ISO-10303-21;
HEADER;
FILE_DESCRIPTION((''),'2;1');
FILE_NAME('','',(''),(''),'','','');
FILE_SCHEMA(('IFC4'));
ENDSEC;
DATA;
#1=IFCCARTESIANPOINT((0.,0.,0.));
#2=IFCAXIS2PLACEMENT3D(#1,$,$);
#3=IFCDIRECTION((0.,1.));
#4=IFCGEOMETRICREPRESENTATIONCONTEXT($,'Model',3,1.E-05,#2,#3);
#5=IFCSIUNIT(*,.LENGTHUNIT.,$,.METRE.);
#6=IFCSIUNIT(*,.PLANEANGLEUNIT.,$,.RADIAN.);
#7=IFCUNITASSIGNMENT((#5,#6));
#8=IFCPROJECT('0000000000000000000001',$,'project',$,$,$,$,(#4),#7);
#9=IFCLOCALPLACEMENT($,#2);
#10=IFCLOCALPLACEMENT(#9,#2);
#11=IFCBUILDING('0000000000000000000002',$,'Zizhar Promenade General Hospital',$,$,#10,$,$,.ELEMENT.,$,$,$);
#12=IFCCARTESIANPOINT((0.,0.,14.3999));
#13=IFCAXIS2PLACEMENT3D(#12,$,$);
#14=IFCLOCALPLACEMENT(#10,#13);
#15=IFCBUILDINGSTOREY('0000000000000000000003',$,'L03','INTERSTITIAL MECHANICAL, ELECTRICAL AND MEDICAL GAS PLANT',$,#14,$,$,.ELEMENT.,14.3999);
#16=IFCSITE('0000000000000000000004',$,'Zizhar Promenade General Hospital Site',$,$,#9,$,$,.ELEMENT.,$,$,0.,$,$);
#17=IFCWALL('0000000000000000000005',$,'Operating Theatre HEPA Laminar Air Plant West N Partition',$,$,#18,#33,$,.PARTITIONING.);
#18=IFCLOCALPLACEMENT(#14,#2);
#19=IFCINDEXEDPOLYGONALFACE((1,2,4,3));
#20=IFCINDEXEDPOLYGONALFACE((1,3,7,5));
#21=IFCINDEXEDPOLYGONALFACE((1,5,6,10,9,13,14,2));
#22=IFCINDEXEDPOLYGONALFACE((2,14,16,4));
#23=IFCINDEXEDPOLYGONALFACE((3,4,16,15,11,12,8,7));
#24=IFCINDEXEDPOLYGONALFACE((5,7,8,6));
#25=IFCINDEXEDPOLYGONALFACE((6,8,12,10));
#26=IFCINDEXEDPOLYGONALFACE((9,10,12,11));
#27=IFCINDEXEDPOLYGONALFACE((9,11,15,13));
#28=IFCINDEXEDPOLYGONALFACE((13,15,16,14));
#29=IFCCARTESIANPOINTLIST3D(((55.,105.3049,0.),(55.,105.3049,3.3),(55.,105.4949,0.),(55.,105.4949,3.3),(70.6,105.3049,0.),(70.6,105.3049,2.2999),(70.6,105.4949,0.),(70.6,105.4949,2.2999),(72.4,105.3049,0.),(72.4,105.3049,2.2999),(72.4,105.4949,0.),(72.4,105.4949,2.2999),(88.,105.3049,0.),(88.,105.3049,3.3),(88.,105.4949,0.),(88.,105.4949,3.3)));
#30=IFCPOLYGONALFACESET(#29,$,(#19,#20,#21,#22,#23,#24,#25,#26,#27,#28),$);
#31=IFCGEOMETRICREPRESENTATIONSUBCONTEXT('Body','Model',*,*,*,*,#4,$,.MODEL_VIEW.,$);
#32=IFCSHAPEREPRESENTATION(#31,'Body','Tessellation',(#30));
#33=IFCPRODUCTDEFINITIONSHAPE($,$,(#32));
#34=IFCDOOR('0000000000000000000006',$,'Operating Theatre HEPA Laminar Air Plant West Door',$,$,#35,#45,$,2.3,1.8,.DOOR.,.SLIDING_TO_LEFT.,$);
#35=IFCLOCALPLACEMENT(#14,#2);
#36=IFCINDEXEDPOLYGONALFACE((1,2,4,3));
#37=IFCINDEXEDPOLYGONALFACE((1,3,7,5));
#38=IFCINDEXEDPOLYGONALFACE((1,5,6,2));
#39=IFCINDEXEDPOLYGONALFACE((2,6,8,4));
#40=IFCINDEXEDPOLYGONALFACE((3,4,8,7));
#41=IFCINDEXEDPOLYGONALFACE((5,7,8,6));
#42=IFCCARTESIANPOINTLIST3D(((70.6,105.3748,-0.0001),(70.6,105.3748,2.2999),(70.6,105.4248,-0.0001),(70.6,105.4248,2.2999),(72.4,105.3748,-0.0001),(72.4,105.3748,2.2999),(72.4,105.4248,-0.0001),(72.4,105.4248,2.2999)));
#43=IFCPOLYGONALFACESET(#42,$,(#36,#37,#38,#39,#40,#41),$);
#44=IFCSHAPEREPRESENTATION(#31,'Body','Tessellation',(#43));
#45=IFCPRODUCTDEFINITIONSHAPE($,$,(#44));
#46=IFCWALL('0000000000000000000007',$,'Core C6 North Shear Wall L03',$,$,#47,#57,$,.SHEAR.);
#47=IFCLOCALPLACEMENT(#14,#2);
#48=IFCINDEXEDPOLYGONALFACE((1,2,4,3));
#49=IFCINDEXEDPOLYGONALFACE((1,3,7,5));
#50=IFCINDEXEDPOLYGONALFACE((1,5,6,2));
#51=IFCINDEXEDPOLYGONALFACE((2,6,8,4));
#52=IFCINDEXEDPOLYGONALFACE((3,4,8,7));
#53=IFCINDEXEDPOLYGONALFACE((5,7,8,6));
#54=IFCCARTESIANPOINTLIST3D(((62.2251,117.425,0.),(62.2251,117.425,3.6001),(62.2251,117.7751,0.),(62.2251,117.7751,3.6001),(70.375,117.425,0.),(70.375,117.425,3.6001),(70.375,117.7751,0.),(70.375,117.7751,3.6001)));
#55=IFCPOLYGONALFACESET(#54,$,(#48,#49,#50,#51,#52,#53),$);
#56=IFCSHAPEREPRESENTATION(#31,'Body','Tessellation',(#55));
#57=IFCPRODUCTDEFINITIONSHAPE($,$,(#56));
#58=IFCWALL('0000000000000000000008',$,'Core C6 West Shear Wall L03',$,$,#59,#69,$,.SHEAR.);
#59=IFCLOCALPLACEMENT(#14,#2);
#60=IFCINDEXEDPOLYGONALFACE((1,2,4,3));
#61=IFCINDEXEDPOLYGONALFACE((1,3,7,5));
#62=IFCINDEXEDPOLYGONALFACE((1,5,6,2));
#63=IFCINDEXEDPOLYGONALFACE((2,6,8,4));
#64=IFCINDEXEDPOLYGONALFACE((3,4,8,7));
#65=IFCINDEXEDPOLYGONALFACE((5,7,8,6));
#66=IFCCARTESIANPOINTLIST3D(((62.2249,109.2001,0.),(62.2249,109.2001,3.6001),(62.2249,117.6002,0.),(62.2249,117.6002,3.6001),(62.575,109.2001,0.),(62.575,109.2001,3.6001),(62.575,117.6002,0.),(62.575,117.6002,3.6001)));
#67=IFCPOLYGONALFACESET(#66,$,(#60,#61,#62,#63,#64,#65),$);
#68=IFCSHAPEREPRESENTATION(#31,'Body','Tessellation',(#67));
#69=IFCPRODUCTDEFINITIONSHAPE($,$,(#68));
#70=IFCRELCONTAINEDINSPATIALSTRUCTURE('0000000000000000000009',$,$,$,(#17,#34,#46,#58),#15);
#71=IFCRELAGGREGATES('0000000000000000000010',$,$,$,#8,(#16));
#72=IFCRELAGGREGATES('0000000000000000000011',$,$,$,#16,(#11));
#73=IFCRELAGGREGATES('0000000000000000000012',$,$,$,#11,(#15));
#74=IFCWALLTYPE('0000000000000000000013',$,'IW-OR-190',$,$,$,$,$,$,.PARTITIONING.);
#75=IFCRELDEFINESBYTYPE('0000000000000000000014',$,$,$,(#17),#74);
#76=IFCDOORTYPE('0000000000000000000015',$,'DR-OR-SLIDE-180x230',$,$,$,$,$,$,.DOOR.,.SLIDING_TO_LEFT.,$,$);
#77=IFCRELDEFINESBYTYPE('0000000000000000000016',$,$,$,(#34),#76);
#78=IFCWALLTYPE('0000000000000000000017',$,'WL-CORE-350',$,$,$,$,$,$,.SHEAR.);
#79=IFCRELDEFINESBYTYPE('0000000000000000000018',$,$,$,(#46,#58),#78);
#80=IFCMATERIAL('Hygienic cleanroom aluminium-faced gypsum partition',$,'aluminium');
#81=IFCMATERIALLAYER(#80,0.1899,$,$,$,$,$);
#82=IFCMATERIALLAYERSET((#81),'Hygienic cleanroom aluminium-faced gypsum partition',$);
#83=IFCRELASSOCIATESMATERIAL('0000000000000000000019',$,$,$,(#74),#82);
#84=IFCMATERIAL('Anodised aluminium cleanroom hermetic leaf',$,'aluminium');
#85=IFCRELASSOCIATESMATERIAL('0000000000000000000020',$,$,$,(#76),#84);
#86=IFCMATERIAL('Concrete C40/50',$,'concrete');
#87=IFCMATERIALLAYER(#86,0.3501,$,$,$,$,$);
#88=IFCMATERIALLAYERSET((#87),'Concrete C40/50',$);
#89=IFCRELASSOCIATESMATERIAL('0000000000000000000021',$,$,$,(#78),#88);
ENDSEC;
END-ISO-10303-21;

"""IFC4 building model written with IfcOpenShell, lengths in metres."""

from ifc_helpers import new_model, si_unit, direction, frame, frame_2d, origin, place, context, subcontext, project, spatial, rectangle, extrude, material, layer, layer_set, type_object, element, fill, save


model = new_model("IFC4")

# Units and contexts
model_context = context("Model", 3, precision=1e-05, world=origin(), true_north=direction((0.0, 1.0)))
body_context = subcontext(model_context, "Body", "Model", "MODEL_VIEW")
ifc_project = project(units=[si_unit("LENGTHUNIT", "METRE"), si_unit("PLANEANGLEUNIT", "RADIAN")], contexts=[model_context])

# Site, building, storey
site_placement = place(None, origin())
site = spatial("IfcSite", under=ifc_project, at=site_placement, Name="Zizhar Promenade General Hospital Site", CompositionType="ELEMENT", RefElevation=0.0)
building_placement = place(site_placement, origin())
building = spatial("IfcBuilding", under=site, at=building_placement, Name="Zizhar Promenade General Hospital", CompositionType="ELEMENT")
storey_placement = place(building_placement, frame((0.0, 0.0, 14.3999)))
storey = spatial("IfcBuildingStorey", under=building, at=storey_placement, Name="L03", Description="INTERSTITIAL MECHANICAL, ELECTRICAL AND MEDICAL GAS PLANT", CompositionType="ELEMENT", Elevation=14.3999)

# Wall, opening, door
ifc_material_1 = material(Name="Hygienic cleanroom aluminium-faced gypsum partition", Category="aluminium")
ifc_layer_1 = layer(ifc_material_1, 0.1899)
ifc_layer_set_1 = layer_set([ifc_layer_1], Name="Hygienic cleanroom aluminium-faced gypsum partition")
wall_type_1 = type_object("IfcWallType", Name="IW-OR-190", PredefinedType="PARTITIONING", material=ifc_layer_set_1)
wall_1_placement = place(storey_placement, frame((55.0, 105.3999, 0.0), z_axis=(0.0, 0.0, 1.0), x_axis=(1.0, 0.0, 0.0)))
wall_1 = element("IfcWall", 1, at=wall_1_placement, inside=storey, type_object=wall_type_1, Name="Operating Theatre HEPA Laminar Air Plant West N Partition", PredefinedType="PARTITIONING", context=body_context, shape_type="SweptSolid", body=[
    extrude(rectangle(XDim=33.0, YDim=0.1899, at=frame_2d((16.5, 0.0))), origin(), (0.0, 0.0, 1.0), 3.3),
])
opening_1_placement = place(wall_1_placement, frame((15.6001, 0.0, 0.0)))
opening_1 = element("IfcOpeningElement", 2, at=opening_1_placement, cuts=wall_1, PredefinedType="OPENING", context=body_context, shape_type="SweptSolid", body=[
    extrude(rectangle(XDim=1.8, YDim=2.3, at=frame_2d((0.8999, 1.1499))), frame((0.0, 0.105, 0.0), z_axis=(0.0, -1.0, 0.0), x_axis=(1.0, 0.0, 0.0)), (0.0, 0.0, 1.0), 0.21),
])
ifc_material_2 = material(Name="Anodised aluminium cleanroom hermetic leaf", Category="aluminium")
door_type_1 = type_object("IfcDoorType", Name="DR-OR-SLIDE-180x230", OperationType="SLIDING_TO_LEFT", PredefinedType="DOOR", material=ifc_material_2)
door_1_placement = place(opening_1_placement, origin())
door_1 = element("IfcDoor", 3, at=door_1_placement, inside=storey, type_object=door_type_1, Name="Operating Theatre HEPA Laminar Air Plant West Door", OperationType="SLIDING_TO_LEFT", OverallHeight=2.3, OverallWidth=1.8, PredefinedType="DOOR", context=body_context, shape_type="SweptSolid", body=[
    extrude(rectangle(XDim=1.8, YDim=2.3, at=frame_2d((0.8999, 1.1499))), frame((0.0, 0.0249, 0.0), z_axis=(0.0, -1.0, 0.0), x_axis=(1.0, 0.0, 0.0)), (0.0, 0.0, 1.0), 0.05),
])
fill(opening_1, door_1)

# Walls
ifc_material_3 = material(Name="Concrete C40/50", Category="concrete")
ifc_layer_2 = layer(ifc_material_3, 0.3501)
ifc_layer_set_2 = layer_set([ifc_layer_2], Name="Concrete C40/50")
wall_type_2 = type_object("IfcWallType", Name="WL-CORE-350", PredefinedType="SHEAR", material=ifc_layer_set_2)
wall_2_placement = place(storey_placement, frame((62.2251, 117.6001, 0.0), z_axis=(0.0, 0.0, 1.0), x_axis=(1.0, 0.0, 0.0)))
element("IfcWall", 4, at=wall_2_placement, inside=storey, type_object=wall_type_2, Name="Core C6 North Shear Wall L03", PredefinedType="SHEAR", context=body_context, shape_type="SweptSolid", body=[
    extrude(rectangle(XDim=8.1499, YDim=0.3501, at=frame_2d((4.075, 0.0))), origin(), (0.0, 0.0, 1.0), 3.6001),
])
wall_3_placement = place(storey_placement, frame((62.3999, 109.2, 0.0), z_axis=(0.0, 0.0, 1.0), x_axis=(0.0, 1.0, 0.0)))
element("IfcWall", 5, at=wall_3_placement, inside=storey, type_object=wall_type_2, Name="Core C6 West Shear Wall L03", PredefinedType="SHEAR", context=body_context, shape_type="SweptSolid", body=[
    extrude(rectangle(XDim=8.4001, YDim=0.3501, at=frame_2d((4.2002, 0.0))), origin(), (0.0, 0.0, 1.0), 3.6001),
])

save(model, "model.ifc")
